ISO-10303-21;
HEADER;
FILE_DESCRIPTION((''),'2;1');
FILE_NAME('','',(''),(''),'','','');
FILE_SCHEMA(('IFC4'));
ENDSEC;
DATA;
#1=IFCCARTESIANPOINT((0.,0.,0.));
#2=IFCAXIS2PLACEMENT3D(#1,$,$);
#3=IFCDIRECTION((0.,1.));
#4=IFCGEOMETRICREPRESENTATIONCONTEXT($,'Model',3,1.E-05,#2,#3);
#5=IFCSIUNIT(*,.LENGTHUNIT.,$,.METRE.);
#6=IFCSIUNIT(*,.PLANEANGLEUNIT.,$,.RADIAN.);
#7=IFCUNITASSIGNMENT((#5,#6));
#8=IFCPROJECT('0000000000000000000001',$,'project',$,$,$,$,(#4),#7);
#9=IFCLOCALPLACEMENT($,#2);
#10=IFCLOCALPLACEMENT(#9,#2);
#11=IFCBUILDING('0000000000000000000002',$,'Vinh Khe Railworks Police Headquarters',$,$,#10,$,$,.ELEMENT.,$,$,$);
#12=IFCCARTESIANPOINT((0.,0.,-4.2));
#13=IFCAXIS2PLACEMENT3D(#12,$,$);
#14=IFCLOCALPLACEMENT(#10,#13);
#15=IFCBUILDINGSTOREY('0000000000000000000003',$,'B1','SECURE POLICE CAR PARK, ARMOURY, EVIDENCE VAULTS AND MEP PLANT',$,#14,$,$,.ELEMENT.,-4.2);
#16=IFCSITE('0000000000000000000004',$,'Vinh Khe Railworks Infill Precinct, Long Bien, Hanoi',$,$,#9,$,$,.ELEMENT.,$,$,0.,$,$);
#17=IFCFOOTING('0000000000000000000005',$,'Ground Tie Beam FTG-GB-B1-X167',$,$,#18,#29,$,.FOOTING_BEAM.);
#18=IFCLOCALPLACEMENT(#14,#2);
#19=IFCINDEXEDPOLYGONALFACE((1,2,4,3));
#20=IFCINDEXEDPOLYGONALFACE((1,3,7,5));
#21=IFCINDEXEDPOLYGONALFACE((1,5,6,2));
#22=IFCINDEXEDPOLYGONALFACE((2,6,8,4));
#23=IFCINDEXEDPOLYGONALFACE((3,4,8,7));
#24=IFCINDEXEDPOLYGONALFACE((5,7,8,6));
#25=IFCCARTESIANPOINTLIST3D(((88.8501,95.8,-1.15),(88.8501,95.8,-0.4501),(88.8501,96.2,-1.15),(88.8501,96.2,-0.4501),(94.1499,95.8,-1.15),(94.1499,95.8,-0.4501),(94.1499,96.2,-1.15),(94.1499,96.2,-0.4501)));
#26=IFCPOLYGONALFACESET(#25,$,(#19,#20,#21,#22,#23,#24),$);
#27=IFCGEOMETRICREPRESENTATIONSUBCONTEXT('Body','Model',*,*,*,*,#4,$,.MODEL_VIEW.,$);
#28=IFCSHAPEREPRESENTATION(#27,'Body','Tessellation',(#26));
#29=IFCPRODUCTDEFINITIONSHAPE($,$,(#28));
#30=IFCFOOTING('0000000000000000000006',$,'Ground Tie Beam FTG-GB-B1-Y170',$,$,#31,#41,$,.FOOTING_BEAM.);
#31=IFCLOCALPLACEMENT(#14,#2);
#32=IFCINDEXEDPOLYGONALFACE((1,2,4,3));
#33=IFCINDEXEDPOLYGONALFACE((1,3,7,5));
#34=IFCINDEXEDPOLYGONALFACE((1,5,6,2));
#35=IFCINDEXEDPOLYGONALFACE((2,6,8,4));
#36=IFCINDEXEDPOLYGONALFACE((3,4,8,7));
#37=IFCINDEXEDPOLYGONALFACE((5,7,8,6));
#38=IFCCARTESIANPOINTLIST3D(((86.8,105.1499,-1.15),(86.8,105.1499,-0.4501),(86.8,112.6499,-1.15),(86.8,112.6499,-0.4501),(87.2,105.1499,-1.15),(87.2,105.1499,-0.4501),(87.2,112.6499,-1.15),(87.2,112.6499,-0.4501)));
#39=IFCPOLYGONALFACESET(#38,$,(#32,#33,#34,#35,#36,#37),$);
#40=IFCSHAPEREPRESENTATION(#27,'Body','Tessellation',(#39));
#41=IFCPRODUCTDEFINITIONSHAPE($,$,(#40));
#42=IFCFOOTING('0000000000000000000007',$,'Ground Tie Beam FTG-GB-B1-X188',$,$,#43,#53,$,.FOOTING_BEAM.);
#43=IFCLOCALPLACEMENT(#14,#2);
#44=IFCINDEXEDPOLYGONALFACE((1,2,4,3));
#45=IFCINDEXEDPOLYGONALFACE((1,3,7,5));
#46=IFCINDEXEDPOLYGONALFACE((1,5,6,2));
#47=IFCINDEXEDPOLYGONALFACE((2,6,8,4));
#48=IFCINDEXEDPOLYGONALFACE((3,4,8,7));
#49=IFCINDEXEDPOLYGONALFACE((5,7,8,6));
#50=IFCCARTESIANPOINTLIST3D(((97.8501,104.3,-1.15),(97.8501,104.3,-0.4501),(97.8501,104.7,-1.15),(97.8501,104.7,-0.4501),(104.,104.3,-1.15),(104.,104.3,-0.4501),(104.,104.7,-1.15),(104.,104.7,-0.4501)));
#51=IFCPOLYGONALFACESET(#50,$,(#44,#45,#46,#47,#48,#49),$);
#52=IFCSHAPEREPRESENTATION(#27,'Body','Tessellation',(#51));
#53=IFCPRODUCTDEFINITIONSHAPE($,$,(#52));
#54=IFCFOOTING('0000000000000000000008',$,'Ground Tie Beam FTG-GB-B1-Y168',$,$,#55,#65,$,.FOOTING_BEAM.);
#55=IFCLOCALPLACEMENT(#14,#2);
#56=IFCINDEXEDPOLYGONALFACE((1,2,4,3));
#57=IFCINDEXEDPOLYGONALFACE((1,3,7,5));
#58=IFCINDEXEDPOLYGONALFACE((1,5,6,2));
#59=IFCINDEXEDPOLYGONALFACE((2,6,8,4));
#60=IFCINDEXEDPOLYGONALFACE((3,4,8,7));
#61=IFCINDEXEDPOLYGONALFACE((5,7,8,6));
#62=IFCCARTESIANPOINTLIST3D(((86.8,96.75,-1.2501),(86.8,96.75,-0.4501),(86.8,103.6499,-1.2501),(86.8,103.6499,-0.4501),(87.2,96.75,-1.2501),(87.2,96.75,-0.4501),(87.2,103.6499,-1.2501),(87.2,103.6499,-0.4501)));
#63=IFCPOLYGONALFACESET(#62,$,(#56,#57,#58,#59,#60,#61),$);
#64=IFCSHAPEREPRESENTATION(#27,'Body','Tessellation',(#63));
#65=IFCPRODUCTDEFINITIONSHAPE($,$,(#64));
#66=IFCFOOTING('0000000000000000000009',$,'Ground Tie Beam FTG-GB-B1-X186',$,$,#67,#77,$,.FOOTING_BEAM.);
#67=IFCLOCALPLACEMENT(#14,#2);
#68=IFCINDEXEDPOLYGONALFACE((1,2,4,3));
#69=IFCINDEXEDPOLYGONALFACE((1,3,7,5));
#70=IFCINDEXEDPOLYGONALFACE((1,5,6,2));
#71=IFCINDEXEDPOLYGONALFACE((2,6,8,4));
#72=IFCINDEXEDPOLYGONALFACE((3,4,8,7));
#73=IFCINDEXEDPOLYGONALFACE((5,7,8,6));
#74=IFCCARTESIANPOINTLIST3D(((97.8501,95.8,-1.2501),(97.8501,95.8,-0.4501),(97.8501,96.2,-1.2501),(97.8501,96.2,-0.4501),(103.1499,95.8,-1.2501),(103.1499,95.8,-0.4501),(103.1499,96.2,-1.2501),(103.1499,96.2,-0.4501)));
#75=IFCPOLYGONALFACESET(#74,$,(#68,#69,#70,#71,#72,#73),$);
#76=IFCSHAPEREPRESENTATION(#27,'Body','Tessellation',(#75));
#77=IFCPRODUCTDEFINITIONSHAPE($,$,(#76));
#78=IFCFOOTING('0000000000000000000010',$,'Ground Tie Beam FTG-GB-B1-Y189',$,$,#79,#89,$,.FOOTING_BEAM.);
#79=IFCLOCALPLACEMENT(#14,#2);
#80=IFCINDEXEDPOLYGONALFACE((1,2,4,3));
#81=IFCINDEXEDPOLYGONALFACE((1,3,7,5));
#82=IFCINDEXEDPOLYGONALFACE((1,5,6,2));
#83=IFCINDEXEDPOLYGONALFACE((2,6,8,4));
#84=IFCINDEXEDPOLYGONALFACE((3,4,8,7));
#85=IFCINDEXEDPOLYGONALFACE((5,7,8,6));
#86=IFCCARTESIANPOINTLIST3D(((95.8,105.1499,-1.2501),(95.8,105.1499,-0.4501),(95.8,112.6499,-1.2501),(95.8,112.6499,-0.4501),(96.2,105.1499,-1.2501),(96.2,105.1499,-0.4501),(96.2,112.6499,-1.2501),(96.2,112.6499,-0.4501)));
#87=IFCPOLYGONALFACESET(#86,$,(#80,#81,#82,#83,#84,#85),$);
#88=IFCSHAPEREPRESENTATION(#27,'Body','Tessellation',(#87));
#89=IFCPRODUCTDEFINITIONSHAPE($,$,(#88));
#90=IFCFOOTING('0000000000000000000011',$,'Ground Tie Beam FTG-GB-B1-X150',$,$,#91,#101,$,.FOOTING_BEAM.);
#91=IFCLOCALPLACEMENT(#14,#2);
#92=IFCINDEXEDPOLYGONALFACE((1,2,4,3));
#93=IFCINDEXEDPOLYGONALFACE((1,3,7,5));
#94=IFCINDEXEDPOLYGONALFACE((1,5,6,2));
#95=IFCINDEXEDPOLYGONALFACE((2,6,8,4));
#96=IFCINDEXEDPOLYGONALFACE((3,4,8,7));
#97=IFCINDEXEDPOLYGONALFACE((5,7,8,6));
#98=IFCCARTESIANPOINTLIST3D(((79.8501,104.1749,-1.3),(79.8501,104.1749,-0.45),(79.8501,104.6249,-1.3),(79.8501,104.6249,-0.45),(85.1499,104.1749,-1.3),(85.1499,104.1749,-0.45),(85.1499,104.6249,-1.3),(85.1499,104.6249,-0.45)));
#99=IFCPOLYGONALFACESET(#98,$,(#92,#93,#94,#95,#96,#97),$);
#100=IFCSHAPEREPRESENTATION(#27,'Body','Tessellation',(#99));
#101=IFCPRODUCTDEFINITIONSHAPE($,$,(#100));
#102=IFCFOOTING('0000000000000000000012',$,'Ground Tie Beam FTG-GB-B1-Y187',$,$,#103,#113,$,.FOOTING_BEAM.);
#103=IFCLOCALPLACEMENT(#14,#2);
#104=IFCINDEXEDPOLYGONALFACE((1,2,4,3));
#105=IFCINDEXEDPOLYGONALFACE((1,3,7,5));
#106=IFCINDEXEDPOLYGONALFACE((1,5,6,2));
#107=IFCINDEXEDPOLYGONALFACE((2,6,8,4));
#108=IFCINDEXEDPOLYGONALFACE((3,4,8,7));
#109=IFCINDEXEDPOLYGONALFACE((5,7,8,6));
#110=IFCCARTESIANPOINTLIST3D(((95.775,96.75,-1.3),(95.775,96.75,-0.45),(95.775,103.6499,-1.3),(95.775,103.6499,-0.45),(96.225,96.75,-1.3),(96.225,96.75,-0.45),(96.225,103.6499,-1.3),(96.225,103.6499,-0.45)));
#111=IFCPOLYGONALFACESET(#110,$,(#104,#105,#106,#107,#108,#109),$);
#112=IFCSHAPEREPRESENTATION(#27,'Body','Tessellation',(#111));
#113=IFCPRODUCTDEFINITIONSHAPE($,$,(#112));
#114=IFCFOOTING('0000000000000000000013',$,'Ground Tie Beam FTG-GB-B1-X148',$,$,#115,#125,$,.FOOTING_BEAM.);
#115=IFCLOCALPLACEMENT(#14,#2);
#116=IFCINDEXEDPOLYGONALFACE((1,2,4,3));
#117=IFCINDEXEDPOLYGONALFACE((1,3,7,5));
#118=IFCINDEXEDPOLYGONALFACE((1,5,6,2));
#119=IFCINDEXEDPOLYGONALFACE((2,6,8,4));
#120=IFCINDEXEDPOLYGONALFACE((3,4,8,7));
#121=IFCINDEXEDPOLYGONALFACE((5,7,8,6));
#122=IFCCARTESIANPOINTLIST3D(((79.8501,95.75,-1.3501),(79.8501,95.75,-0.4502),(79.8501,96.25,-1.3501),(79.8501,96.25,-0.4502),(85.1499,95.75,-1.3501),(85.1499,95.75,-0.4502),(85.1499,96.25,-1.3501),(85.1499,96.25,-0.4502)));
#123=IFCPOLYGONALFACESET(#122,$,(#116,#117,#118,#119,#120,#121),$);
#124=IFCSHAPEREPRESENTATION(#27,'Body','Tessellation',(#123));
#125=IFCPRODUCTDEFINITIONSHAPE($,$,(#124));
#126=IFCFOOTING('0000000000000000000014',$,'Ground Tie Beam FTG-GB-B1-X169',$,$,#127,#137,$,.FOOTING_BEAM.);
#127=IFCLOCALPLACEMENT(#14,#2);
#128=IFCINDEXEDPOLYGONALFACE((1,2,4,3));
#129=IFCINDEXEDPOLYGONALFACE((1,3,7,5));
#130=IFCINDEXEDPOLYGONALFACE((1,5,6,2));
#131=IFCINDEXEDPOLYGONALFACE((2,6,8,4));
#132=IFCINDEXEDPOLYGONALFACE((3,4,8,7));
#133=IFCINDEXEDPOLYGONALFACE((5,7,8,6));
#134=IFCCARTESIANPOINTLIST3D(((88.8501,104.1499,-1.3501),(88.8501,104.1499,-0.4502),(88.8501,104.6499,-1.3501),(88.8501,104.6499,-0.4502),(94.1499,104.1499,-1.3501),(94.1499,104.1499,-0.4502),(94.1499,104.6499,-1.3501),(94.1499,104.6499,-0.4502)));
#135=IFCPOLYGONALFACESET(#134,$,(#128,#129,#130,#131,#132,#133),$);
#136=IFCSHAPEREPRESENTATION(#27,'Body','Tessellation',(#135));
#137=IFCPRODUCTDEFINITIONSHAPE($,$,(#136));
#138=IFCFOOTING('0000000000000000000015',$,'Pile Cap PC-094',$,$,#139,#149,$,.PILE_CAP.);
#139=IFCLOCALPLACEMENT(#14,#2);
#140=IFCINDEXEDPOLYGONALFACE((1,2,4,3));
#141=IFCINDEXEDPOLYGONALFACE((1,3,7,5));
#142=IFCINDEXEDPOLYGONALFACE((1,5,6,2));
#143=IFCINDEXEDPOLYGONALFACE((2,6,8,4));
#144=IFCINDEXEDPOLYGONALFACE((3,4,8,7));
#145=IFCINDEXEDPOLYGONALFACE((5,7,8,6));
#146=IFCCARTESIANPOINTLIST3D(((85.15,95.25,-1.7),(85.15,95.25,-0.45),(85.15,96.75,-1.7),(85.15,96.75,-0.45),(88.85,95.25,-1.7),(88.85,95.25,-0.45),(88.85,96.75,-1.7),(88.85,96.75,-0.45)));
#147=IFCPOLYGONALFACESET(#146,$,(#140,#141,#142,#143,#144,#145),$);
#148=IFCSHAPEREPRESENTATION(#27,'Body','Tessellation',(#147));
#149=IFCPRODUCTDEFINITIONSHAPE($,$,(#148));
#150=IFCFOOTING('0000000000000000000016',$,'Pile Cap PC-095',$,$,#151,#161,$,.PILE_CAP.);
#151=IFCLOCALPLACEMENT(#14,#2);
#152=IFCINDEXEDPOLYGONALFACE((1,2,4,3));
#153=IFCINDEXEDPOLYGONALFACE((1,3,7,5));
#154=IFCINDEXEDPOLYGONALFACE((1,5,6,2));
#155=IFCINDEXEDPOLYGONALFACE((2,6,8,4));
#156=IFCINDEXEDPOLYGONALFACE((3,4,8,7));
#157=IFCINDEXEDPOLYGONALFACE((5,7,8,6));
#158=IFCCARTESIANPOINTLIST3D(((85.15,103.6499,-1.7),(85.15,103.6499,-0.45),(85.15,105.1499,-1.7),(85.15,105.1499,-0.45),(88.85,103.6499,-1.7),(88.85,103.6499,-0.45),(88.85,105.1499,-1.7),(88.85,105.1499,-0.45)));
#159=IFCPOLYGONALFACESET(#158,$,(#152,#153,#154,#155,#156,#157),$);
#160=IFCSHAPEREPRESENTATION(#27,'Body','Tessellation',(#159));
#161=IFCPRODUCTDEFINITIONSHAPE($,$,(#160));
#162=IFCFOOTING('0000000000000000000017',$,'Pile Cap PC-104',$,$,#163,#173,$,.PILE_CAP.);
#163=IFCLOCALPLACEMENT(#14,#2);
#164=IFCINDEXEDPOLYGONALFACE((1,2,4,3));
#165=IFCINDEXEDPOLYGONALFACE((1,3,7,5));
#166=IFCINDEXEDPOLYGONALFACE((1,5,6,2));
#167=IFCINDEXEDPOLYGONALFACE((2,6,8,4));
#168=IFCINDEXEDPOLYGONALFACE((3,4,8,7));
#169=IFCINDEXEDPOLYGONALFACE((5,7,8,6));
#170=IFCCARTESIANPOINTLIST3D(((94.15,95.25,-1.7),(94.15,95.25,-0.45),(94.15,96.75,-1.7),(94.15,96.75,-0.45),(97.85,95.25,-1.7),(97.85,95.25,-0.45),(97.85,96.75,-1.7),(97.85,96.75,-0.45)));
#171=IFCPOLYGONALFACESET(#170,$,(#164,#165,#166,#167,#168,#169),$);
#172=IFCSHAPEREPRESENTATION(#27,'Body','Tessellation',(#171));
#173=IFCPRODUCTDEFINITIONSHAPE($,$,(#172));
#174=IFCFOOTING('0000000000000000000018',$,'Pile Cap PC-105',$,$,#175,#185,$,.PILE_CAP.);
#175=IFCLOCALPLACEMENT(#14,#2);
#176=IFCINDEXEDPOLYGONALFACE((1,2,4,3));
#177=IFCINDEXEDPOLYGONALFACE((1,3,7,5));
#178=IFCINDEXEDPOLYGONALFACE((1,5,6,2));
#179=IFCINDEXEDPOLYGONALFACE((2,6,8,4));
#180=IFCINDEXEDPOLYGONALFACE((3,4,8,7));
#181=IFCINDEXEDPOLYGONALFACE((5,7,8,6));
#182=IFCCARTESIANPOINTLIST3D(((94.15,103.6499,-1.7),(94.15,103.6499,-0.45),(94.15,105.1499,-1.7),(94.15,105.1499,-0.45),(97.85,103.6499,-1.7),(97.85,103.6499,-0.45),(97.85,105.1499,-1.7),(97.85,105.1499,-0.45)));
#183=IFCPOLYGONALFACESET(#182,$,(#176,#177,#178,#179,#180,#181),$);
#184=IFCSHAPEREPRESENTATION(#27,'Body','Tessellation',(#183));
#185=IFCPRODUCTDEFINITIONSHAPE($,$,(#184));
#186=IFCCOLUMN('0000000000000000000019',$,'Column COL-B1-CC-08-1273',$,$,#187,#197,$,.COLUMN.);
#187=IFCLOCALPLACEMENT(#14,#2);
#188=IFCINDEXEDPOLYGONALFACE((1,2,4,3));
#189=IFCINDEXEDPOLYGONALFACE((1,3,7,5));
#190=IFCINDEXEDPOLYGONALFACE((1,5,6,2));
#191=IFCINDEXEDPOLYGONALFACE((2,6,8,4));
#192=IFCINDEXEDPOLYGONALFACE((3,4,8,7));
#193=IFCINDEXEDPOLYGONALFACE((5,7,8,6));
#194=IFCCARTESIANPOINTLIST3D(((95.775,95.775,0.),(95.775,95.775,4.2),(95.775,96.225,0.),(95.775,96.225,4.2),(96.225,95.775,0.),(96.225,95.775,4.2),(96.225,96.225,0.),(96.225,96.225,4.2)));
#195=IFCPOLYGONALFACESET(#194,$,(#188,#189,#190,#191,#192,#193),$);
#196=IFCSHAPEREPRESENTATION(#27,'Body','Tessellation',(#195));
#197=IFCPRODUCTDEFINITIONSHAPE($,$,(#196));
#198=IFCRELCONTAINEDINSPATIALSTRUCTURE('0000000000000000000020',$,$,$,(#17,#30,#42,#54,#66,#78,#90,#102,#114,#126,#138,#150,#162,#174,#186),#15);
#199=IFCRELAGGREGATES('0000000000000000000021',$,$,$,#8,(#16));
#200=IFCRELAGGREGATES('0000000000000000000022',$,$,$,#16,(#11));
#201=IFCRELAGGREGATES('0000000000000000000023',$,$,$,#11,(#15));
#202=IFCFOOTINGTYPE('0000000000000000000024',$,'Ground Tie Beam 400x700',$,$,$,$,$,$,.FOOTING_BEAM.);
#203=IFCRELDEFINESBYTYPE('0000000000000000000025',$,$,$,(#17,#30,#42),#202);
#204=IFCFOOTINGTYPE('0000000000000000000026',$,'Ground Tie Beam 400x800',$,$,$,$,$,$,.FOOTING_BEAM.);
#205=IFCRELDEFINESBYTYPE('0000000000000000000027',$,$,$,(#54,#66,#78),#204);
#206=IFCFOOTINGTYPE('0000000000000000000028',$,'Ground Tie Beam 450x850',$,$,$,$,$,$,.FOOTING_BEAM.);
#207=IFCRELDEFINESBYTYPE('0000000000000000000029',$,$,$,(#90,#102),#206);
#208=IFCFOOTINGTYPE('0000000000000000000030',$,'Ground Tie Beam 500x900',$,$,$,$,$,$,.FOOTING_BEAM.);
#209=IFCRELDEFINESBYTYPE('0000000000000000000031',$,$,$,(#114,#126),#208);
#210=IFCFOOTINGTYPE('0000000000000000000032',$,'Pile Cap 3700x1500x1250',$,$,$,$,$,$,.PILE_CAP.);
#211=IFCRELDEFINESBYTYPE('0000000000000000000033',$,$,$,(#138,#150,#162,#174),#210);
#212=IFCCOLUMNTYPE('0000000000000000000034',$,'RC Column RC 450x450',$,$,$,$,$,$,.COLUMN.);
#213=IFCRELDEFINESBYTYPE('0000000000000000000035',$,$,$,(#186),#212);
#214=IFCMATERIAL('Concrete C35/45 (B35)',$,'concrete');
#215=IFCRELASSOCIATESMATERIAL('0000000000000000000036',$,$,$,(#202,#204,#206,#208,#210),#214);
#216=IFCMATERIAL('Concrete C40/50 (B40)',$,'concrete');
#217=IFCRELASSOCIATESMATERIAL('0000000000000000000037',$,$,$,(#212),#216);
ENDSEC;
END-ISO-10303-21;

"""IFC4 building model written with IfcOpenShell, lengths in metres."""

from ifc_helpers import new_model, si_unit, direction, frame, origin, origin_2d, place, context, subcontext, project, spatial, rectangle, extrude, material, material_profile, profile_set, type_object, element, save


model = new_model("IFC4")

# Units and contexts
model_context = context("Model", 3, precision=1e-05, world=origin(), true_north=direction((0.0, 1.0)))
body_context = subcontext(model_context, "Body", "Model", "MODEL_VIEW")
ifc_project = project(units=[si_unit("LENGTHUNIT", "METRE"), si_unit("PLANEANGLEUNIT", "RADIAN")], contexts=[model_context])

# Site, building, storey
site_placement = place(None, origin())
site = spatial("IfcSite", under=ifc_project, at=site_placement, Name="Vinh Khe Railworks Infill Precinct, Long Bien, Hanoi", CompositionType="ELEMENT", RefElevation=0.0)
building_placement = place(site_placement, origin())
building = spatial("IfcBuilding", under=site, at=building_placement, Name="Vinh Khe Railworks Police Headquarters", CompositionType="ELEMENT")
storey_placement = place(building_placement, frame((0.0, 0.0, -4.2)))
storey = spatial("IfcBuildingStorey", under=building, at=storey_placement, Name="B1", Description="SECURE POLICE CAR PARK, ARMOURY, EVIDENCE VAULTS AND MEP PLANT", CompositionType="ELEMENT", Elevation=-4.2)

# Shared definitions
ifc_material_1 = material(Name="Concrete C35/45 (B35)", Category="concrete")

# Footings
ifc_material_profile_1 = material_profile(ifc_material_1, rectangle(XDim=0.3999, YDim=0.7, at=origin_2d()), Name="RC 400x700")
ifc_profile_set_1 = profile_set([ifc_material_profile_1], Name="Concrete C35/45 (B35)")
footing_type_1 = type_object("IfcFootingType", Name="Ground Tie Beam 400x700", PredefinedType="FOOTING_BEAM", material=ifc_profile_set_1)
footing_1_placement = place(storey_placement, frame((88.8501, 96.0, -0.8), z_axis=(1.0, 0.0, 0.0), x_axis=(0.0, 1.0, 0.0)))
element("IfcFooting", 1, at=footing_1_placement, inside=storey, type_object=footing_type_1, Name="Ground Tie Beam FTG-GB-B1-X167", PredefinedType="FOOTING_BEAM", context=body_context, shape_type="SweptSolid", body=[
    extrude(rectangle(XDim=0.3999, YDim=0.7, at=origin_2d()), origin(), (0.0, 0.0, 1.0), 5.2998),
])
footing_2_placement = place(storey_placement, frame((87.0, 105.1499, -0.8), z_axis=(0.0, 1.0, 0.0), x_axis=(-1.0, 0.0, 0.0)))
element("IfcFooting", 2, at=footing_2_placement, inside=storey, type_object=footing_type_1, Name="Ground Tie Beam FTG-GB-B1-Y170", PredefinedType="FOOTING_BEAM", context=body_context, shape_type="SweptSolid", body=[
    extrude(rectangle(XDim=0.3999, YDim=0.7, at=origin_2d()), origin(), (0.0, 0.0, 1.0), 7.5),
])
footing_3_placement = place(storey_placement, frame((97.8501, 104.5, -0.8), z_axis=(1.0, 0.0, 0.0), x_axis=(0.0, 1.0, 0.0)))
element("IfcFooting", 3, at=footing_3_placement, inside=storey, type_object=footing_type_1, Name="Ground Tie Beam FTG-GB-B1-X188", PredefinedType="FOOTING_BEAM", context=body_context, shape_type="SweptSolid", body=[
    extrude(rectangle(XDim=0.3999, YDim=0.7, at=origin_2d()), origin(), (0.0, 0.0, 1.0), 6.1499),
])
ifc_material_profile_2 = material_profile(ifc_material_1, rectangle(XDim=0.3999, YDim=0.8, at=origin_2d()), Name="RC 400x800")
ifc_profile_set_2 = profile_set([ifc_material_profile_2], Name="Concrete C35/45 (B35)")
footing_type_2 = type_object("IfcFootingType", Name="Ground Tie Beam 400x800", PredefinedType="FOOTING_BEAM", material=ifc_profile_set_2)
footing_4_placement = place(storey_placement, frame((87.0, 96.75, -0.8501), z_axis=(0.0, 1.0, 0.0), x_axis=(-1.0, 0.0, 0.0)))
element("IfcFooting", 4, at=footing_4_placement, inside=storey, type_object=footing_type_2, Name="Ground Tie Beam FTG-GB-B1-Y168", PredefinedType="FOOTING_BEAM", context=body_context, shape_type="SweptSolid", body=[
    extrude(rectangle(XDim=0.3999, YDim=0.8, at=origin_2d()), origin(), (0.0, 0.0, 1.0), 6.8999),
])
footing_5_placement = place(storey_placement, frame((97.8501, 96.0, -0.8501), z_axis=(1.0, 0.0, 0.0), x_axis=(0.0, 1.0, 0.0)))
element("IfcFooting", 5, at=footing_5_placement, inside=storey, type_object=footing_type_2, Name="Ground Tie Beam FTG-GB-B1-X186", PredefinedType="FOOTING_BEAM", context=body_context, shape_type="SweptSolid", body=[
    extrude(rectangle(XDim=0.3999, YDim=0.8, at=origin_2d()), origin(), (0.0, 0.0, 1.0), 5.2998),
])
footing_6_placement = place(storey_placement, frame((96.0, 105.1499, -0.8501), z_axis=(0.0, 1.0, 0.0), x_axis=(-1.0, 0.0, 0.0)))
element("IfcFooting", 6, at=footing_6_placement, inside=storey, type_object=footing_type_2, Name="Ground Tie Beam FTG-GB-B1-Y189", PredefinedType="FOOTING_BEAM", context=body_context, shape_type="SweptSolid", body=[
    extrude(rectangle(XDim=0.3999, YDim=0.8, at=origin_2d()), origin(), (0.0, 0.0, 1.0), 7.5),
])
ifc_material_profile_3 = material_profile(ifc_material_1, rectangle(XDim=0.45, YDim=0.8501, at=origin_2d()), Name="RC 450x850")
ifc_profile_set_3 = profile_set([ifc_material_profile_3], Name="Concrete C35/45 (B35)")
footing_type_3 = type_object("IfcFootingType", Name="Ground Tie Beam 450x850", PredefinedType="FOOTING_BEAM", material=ifc_profile_set_3)
footing_7_placement = place(storey_placement, frame((79.8501, 104.3999, -0.875), z_axis=(1.0, 0.0, 0.0), x_axis=(0.0, 1.0, 0.0)))
element("IfcFooting", 7, at=footing_7_placement, inside=storey, type_object=footing_type_3, Name="Ground Tie Beam FTG-GB-B1-X150", PredefinedType="FOOTING_BEAM", context=body_context, shape_type="SweptSolid", body=[
    extrude(rectangle(XDim=0.45, YDim=0.8501, at=origin_2d()), origin(), (0.0, 0.0, 1.0), 5.2998),
])
footing_8_placement = place(storey_placement, frame((96.0, 96.75, -0.875), z_axis=(0.0, 1.0, 0.0), x_axis=(-1.0, 0.0, 0.0)))
element("IfcFooting", 8, at=footing_8_placement, inside=storey, type_object=footing_type_3, Name="Ground Tie Beam FTG-GB-B1-Y187", PredefinedType="FOOTING_BEAM", context=body_context, shape_type="SweptSolid", body=[
    extrude(rectangle(XDim=0.45, YDim=0.8501, at=origin_2d()), origin(), (0.0, 0.0, 1.0), 6.8999),
])
ifc_material_profile_4 = material_profile(ifc_material_1, rectangle(XDim=0.5, YDim=0.8999, at=origin_2d()), Name="RC 500x900")
ifc_profile_set_4 = profile_set([ifc_material_profile_4], Name="Concrete C35/45 (B35)")
footing_type_4 = type_object("IfcFootingType", Name="Ground Tie Beam 500x900", PredefinedType="FOOTING_BEAM", material=ifc_profile_set_4)
for number, where, z_axis, x_axis, name in (
    (9, (79.8501, 96.0, -0.9001), (1.0, 0.0, 0.0), (0.0, 1.0, 0.0), "Ground Tie Beam FTG-GB-B1-X148"),
    (10, (88.8501, 104.3999, -0.9001), (1.0, 0.0, 0.0), (0.0, 1.0, 0.0), "Ground Tie Beam FTG-GB-B1-X169"),
):
    element("IfcFooting", number, at=place(storey_placement, frame(where, z_axis=z_axis, x_axis=x_axis)), inside=storey, type_object=footing_type_4, Name=name, PredefinedType="FOOTING_BEAM", context=body_context, shape_type="SweptSolid", body=[
        extrude(rectangle(XDim=0.5, YDim=0.8999, at=origin_2d()), origin(), (0.0, 0.0, 1.0), 5.2998),
    ])
footing_type_5 = type_object("IfcFootingType", Name="Pile Cap 3700x1500x1250", PredefinedType="PILE_CAP", material=ifc_material_1)
for number, where, z_axis, x_axis, name in (
    (11, (87.0, 96.0, -1.7), (0.0, 0.0, 1.0), (1.0, 0.0, 0.0), "Pile Cap PC-094"),
    (12, (87.0, 104.3999, -1.7), (0.0, 0.0, 1.0), (1.0, 0.0, 0.0), "Pile Cap PC-095"),
    (13, (96.0, 96.0, -1.7), (0.0, 0.0, 1.0), (1.0, 0.0, 0.0), "Pile Cap PC-104"),
    (14, (96.0, 104.3999, -1.7), (0.0, 0.0, 1.0), (1.0, 0.0, 0.0), "Pile Cap PC-105"),
):
    element("IfcFooting", number, at=place(storey_placement, frame(where, z_axis=z_axis, x_axis=x_axis)), inside=storey, type_object=footing_type_5, Name=name, PredefinedType="PILE_CAP", context=body_context, shape_type="SweptSolid", body=[
        extrude(rectangle(XDim=3.7, YDim=1.5, at=origin_2d()), origin(), (0.0, 0.0, 1.0), 1.25),
    ])

# Column
ifc_material_2 = material(Name="Concrete C40/50 (B40)", Category="concrete")
ifc_material_profile_5 = material_profile(ifc_material_2, rectangle(XDim=0.45, YDim=0.45, at=origin_2d()), Name="RC 450x450")
ifc_profile_set_5 = profile_set([ifc_material_profile_5], Name="Concrete C40/50 (B40)")
column_type_1 = type_object("IfcColumnType", Name="RC Column RC 450x450", PredefinedType="COLUMN", material=ifc_profile_set_5)
column_1_placement = place(storey_placement, frame((96.0, 96.0, 0.0), z_axis=(0.0, 0.0, 1.0), x_axis=(1.0, 0.0, 0.0)))
element("IfcColumn", 15, at=column_1_placement, inside=storey, type_object=column_type_1, Name="Column COL-B1-CC-08-1273", PredefinedType="COLUMN", context=body_context, shape_type="SweptSolid", body=[
    extrude(rectangle(XDim=0.45, YDim=0.45, at=origin_2d()), origin(), (0.0, 0.0, 1.0), 4.2),
])

save(model, "model.ifc")
